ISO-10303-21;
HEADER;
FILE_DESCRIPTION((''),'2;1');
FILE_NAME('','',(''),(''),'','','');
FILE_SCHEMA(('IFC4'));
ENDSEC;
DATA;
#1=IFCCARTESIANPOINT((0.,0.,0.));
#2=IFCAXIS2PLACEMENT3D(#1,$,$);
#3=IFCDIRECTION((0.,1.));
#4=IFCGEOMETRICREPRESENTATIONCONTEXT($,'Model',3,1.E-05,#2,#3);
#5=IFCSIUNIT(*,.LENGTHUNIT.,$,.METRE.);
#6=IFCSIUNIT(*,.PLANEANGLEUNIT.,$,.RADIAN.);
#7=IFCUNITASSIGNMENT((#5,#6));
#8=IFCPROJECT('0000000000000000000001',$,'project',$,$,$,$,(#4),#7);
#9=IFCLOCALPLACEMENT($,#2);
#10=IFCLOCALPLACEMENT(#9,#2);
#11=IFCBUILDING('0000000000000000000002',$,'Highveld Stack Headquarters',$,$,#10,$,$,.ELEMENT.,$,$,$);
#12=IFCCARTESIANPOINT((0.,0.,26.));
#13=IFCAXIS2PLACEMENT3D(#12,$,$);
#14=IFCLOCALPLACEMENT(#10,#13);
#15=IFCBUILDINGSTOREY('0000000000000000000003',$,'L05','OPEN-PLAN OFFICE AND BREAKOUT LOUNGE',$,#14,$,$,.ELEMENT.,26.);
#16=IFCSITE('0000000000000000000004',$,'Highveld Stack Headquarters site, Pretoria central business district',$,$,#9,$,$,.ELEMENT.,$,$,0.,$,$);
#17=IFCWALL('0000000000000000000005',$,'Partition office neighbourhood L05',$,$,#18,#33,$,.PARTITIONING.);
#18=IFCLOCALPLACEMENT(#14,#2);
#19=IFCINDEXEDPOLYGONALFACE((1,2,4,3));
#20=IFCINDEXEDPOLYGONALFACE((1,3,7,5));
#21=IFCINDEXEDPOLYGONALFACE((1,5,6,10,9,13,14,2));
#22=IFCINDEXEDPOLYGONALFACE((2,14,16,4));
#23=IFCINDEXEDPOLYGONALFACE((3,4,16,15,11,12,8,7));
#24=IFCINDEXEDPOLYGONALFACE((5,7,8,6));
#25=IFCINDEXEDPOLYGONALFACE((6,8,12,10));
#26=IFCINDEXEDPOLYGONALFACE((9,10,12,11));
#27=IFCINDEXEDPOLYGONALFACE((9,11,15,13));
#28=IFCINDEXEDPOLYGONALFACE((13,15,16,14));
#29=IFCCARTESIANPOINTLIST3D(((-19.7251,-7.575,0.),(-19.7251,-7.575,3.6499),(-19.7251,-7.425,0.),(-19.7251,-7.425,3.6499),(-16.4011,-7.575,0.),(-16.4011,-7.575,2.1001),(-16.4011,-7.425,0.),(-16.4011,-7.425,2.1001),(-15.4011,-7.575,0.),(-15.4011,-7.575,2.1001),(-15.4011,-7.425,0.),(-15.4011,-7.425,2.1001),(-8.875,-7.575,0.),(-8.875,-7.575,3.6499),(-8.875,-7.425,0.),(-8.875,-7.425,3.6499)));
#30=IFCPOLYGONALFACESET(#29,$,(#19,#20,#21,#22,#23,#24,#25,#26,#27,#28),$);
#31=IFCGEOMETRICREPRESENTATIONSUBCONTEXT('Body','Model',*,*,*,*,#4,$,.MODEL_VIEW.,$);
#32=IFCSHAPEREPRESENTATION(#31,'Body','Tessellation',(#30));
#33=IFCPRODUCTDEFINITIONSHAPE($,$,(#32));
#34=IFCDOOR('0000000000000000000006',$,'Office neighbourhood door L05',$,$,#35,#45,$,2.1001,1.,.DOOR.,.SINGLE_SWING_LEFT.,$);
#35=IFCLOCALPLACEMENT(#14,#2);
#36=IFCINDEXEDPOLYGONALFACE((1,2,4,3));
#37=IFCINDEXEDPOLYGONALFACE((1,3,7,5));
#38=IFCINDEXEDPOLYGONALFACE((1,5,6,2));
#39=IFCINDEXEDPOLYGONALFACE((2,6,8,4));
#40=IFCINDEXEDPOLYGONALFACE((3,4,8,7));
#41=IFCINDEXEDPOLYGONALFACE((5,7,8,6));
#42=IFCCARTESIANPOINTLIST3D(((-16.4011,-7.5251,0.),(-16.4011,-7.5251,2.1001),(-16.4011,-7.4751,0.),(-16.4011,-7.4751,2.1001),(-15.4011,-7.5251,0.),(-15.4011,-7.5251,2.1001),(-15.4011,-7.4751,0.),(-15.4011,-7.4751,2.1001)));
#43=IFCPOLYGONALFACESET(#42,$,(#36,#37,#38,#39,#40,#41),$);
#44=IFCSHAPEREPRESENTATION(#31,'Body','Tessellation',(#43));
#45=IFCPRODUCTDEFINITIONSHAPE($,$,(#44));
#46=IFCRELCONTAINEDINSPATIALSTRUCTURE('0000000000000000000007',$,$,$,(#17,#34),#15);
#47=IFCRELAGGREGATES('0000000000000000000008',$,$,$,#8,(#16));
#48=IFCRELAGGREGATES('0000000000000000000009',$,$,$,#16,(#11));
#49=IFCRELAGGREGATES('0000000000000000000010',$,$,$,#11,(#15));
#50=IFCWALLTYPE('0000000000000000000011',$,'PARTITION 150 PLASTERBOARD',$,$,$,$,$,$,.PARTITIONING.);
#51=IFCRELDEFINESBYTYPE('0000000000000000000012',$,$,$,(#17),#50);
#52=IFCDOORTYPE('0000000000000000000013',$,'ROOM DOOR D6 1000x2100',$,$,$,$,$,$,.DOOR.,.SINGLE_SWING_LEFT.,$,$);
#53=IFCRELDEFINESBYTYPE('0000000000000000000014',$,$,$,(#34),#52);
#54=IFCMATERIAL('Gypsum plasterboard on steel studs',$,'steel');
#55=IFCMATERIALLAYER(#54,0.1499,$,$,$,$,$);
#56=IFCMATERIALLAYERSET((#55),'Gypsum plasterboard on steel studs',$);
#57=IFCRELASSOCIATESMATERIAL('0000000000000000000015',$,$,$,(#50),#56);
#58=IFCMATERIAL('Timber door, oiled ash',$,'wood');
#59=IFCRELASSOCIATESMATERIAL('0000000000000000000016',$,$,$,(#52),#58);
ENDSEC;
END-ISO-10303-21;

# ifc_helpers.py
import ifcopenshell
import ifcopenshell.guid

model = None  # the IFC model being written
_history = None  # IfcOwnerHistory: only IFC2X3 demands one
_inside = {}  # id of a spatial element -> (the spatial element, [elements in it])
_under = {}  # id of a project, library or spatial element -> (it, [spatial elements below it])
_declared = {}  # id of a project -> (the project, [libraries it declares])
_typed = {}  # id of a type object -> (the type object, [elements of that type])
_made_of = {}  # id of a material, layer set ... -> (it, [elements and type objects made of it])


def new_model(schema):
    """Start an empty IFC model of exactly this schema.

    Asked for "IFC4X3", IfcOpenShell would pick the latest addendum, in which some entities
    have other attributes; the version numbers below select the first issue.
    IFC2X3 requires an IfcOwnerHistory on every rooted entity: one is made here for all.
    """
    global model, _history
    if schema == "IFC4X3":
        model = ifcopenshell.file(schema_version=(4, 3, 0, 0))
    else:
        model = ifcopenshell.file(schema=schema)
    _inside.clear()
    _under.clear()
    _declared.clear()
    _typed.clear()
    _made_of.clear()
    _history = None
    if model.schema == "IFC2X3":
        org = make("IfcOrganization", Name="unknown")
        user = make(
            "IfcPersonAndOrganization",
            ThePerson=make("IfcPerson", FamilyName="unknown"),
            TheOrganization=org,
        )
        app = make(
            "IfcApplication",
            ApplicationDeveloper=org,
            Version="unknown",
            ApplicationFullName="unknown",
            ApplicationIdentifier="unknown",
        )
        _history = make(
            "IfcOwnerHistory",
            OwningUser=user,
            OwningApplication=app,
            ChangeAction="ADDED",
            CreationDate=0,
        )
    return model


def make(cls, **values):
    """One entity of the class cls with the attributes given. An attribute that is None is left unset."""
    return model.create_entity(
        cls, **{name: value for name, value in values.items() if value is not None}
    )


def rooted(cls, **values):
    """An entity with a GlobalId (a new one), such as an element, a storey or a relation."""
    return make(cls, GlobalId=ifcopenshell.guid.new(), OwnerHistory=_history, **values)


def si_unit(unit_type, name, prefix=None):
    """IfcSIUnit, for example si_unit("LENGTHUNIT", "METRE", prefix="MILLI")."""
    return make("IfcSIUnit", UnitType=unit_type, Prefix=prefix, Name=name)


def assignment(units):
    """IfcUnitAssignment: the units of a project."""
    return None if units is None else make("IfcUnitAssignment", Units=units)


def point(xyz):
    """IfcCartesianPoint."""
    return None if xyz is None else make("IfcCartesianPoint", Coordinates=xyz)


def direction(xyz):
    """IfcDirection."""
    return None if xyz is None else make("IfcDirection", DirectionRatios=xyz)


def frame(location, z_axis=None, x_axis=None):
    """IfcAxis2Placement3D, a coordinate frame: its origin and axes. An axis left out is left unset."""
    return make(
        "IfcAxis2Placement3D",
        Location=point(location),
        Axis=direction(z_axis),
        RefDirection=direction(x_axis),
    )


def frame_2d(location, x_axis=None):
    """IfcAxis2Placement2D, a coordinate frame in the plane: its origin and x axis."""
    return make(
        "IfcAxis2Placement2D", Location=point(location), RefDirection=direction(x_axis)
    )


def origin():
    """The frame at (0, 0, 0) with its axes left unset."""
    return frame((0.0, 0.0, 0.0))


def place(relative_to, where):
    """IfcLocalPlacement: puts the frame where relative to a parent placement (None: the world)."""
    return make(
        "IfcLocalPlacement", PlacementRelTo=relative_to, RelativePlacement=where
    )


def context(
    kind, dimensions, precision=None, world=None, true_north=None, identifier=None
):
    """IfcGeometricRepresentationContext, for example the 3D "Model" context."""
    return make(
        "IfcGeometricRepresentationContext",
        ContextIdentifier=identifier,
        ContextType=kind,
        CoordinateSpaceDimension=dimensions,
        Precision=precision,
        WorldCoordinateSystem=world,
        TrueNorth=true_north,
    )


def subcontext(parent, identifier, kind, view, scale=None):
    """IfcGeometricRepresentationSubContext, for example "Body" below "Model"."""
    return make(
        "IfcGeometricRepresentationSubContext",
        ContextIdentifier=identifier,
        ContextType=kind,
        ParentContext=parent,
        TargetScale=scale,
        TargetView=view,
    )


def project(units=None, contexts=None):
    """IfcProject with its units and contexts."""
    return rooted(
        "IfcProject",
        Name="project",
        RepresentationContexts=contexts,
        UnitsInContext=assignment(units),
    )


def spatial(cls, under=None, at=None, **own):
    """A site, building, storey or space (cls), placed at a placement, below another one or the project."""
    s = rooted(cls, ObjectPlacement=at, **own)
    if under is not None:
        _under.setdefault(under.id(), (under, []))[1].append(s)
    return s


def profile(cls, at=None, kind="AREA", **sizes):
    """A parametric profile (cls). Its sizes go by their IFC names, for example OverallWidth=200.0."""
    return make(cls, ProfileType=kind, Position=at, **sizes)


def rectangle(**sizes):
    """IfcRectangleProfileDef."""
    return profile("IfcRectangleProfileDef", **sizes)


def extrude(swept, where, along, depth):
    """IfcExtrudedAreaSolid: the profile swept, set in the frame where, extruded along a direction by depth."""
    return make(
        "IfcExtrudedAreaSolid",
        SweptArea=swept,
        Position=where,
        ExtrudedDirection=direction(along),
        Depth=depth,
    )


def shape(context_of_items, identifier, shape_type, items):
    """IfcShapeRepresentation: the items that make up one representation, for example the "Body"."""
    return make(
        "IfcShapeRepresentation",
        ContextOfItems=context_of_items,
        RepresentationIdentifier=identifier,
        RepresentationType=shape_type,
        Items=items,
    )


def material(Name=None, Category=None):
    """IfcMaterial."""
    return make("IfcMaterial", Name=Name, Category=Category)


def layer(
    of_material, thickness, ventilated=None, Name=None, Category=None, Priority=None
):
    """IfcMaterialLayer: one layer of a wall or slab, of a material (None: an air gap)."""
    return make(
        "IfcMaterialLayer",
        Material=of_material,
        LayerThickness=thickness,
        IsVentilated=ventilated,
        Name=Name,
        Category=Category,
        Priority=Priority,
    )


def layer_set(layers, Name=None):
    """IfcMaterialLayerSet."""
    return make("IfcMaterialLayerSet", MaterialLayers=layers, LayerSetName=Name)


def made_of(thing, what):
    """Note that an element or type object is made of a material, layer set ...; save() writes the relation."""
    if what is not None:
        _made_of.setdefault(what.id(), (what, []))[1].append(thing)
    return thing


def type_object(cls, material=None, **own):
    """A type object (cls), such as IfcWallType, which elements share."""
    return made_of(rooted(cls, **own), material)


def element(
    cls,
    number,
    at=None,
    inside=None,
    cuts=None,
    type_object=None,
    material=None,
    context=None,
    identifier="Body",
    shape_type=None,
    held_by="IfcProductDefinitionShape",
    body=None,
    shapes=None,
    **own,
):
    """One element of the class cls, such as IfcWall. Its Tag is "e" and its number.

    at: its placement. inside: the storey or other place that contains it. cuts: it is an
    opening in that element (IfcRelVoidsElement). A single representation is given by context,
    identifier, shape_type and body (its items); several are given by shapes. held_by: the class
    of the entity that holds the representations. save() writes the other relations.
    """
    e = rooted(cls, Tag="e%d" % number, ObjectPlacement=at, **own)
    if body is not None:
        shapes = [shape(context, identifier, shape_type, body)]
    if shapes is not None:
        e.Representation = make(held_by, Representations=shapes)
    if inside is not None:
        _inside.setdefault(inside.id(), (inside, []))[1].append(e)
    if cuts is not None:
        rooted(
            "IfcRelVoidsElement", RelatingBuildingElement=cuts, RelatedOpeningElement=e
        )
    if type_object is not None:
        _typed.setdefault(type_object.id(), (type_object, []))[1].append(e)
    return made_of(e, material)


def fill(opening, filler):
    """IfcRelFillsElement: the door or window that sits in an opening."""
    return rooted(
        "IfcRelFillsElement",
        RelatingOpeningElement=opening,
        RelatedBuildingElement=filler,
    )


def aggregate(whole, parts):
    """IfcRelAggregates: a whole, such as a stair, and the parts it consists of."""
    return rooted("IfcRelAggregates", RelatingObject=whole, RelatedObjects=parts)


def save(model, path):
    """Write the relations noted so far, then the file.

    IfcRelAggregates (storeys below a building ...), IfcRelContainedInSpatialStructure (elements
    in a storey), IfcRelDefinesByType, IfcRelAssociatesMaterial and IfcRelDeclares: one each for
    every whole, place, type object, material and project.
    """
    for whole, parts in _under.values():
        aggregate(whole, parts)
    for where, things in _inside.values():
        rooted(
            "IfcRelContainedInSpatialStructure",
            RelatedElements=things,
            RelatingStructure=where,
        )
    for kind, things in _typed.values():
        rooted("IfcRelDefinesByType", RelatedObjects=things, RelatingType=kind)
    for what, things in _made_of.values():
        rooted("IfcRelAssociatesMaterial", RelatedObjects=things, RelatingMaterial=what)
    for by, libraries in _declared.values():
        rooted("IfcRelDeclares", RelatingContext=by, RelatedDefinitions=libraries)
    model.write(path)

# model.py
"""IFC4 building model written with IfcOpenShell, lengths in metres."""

from ifc_helpers import new_model, si_unit, direction, frame, frame_2d, origin, place, context, subcontext, project, spatial, rectangle, extrude, material, layer, layer_set, type_object, element, fill, save


model = new_model("IFC4")

# Units and contexts
model_context = context("Model", 3, precision=1e-05, world=origin(), true_north=direction((0.0, 1.0)))
body_context = subcontext(model_context, "Body", "Model", "MODEL_VIEW")
ifc_project = project(units=[si_unit("LENGTHUNIT", "METRE"), si_unit("PLANEANGLEUNIT", "RADIAN")], contexts=[model_context])

# Site, building, storey
site_placement = place(None, origin())
site = spatial("IfcSite", under=ifc_project, at=site_placement, Name="Highveld Stack Headquarters site, Pretoria central business district", CompositionType="ELEMENT", RefElevation=0.0)
building_placement = place(site_placement, origin())
building = spatial("IfcBuilding", under=site, at=building_placement, Name="Highveld Stack Headquarters", CompositionType="ELEMENT")
storey_placement = place(building_placement, frame((0.0, 0.0, 26.0)))
storey = spatial("IfcBuildingStorey", under=building, at=storey_placement, Name="L05", Description="OPEN-PLAN OFFICE AND BREAKOUT LOUNGE", CompositionType="ELEMENT", Elevation=26.0)

# Shared definitions
ifc_material_1 = material(Name="Gypsum plasterboard on steel studs", Category="steel")
ifc_layer_1 = layer(ifc_material_1, 0.1499)
ifc_layer_set_1 = layer_set([ifc_layer_1], Name="Gypsum plasterboard on steel studs")
wall_type = type_object("IfcWallType", Name="PARTITION 150 PLASTERBOARD", PredefinedType="PARTITIONING", material=ifc_layer_set_1)

# Wall, opening, door
ifc_material_2 = material(Name="Timber door, oiled ash", Category="wood")
door_type = type_object("IfcDoorType", Name="ROOM DOOR D6 1000x2100", OperationType="SINGLE_SWING_LEFT", PredefinedType="DOOR", material=ifc_material_2)
wall_1_placement = place(storey_placement, frame((-19.7251, -7.5, 0.0), z_axis=(0.0, 0.0, 1.0), x_axis=(1.0, 0.0, 0.0)))
wall_1 = element("IfcWall", 1, at=wall_1_placement, inside=storey, type_object=wall_type, Name="Partition office neighbourhood L05", PredefinedType="PARTITIONING", context=body_context, shape_type="SweptSolid", body=[
    extrude(rectangle(XDim=10.8501, YDim=0.1499, at=frame_2d((5.425, 0.0))), origin(), (0.0, 0.0, 1.0), 3.6499),
])
opening_1_placement = place(wall_1_placement, frame((3.324, 0.0, 0.0)))
opening_1 = element("IfcOpeningElement", 2, at=opening_1_placement, cuts=wall_1, PredefinedType="OPENING", context=body_context, shape_type="SweptSolid", body=[
    extrude(rectangle(XDim=1.0, YDim=2.1001, at=frame_2d((0.5, 1.05))), frame((0.0, 0.085, 0.0), z_axis=(0.0, -1.0, 0.0), x_axis=(1.0, 0.0, 0.0)), (0.0, 0.0, 1.0), 0.1699),
])
door_1_placement = place(opening_1_placement, origin())
door_1 = element("IfcDoor", 3, at=door_1_placement, inside=storey, type_object=door_type, Name="Office neighbourhood door L05", OperationType="SINGLE_SWING_LEFT", OverallHeight=2.1001, OverallWidth=1.0, PredefinedType="DOOR", context=body_context, shape_type="SweptSolid", body=[
    extrude(rectangle(XDim=1.0, YDim=2.1001, at=frame_2d((0.5, 1.05))), frame((0.0, 0.0249, 0.0), z_axis=(0.0, -1.0, 0.0), x_axis=(1.0, 0.0, 0.0)), (0.0, 0.0, 1.0), 0.05),
])
fill(opening_1, door_1)

save(model, "model.ifc")
